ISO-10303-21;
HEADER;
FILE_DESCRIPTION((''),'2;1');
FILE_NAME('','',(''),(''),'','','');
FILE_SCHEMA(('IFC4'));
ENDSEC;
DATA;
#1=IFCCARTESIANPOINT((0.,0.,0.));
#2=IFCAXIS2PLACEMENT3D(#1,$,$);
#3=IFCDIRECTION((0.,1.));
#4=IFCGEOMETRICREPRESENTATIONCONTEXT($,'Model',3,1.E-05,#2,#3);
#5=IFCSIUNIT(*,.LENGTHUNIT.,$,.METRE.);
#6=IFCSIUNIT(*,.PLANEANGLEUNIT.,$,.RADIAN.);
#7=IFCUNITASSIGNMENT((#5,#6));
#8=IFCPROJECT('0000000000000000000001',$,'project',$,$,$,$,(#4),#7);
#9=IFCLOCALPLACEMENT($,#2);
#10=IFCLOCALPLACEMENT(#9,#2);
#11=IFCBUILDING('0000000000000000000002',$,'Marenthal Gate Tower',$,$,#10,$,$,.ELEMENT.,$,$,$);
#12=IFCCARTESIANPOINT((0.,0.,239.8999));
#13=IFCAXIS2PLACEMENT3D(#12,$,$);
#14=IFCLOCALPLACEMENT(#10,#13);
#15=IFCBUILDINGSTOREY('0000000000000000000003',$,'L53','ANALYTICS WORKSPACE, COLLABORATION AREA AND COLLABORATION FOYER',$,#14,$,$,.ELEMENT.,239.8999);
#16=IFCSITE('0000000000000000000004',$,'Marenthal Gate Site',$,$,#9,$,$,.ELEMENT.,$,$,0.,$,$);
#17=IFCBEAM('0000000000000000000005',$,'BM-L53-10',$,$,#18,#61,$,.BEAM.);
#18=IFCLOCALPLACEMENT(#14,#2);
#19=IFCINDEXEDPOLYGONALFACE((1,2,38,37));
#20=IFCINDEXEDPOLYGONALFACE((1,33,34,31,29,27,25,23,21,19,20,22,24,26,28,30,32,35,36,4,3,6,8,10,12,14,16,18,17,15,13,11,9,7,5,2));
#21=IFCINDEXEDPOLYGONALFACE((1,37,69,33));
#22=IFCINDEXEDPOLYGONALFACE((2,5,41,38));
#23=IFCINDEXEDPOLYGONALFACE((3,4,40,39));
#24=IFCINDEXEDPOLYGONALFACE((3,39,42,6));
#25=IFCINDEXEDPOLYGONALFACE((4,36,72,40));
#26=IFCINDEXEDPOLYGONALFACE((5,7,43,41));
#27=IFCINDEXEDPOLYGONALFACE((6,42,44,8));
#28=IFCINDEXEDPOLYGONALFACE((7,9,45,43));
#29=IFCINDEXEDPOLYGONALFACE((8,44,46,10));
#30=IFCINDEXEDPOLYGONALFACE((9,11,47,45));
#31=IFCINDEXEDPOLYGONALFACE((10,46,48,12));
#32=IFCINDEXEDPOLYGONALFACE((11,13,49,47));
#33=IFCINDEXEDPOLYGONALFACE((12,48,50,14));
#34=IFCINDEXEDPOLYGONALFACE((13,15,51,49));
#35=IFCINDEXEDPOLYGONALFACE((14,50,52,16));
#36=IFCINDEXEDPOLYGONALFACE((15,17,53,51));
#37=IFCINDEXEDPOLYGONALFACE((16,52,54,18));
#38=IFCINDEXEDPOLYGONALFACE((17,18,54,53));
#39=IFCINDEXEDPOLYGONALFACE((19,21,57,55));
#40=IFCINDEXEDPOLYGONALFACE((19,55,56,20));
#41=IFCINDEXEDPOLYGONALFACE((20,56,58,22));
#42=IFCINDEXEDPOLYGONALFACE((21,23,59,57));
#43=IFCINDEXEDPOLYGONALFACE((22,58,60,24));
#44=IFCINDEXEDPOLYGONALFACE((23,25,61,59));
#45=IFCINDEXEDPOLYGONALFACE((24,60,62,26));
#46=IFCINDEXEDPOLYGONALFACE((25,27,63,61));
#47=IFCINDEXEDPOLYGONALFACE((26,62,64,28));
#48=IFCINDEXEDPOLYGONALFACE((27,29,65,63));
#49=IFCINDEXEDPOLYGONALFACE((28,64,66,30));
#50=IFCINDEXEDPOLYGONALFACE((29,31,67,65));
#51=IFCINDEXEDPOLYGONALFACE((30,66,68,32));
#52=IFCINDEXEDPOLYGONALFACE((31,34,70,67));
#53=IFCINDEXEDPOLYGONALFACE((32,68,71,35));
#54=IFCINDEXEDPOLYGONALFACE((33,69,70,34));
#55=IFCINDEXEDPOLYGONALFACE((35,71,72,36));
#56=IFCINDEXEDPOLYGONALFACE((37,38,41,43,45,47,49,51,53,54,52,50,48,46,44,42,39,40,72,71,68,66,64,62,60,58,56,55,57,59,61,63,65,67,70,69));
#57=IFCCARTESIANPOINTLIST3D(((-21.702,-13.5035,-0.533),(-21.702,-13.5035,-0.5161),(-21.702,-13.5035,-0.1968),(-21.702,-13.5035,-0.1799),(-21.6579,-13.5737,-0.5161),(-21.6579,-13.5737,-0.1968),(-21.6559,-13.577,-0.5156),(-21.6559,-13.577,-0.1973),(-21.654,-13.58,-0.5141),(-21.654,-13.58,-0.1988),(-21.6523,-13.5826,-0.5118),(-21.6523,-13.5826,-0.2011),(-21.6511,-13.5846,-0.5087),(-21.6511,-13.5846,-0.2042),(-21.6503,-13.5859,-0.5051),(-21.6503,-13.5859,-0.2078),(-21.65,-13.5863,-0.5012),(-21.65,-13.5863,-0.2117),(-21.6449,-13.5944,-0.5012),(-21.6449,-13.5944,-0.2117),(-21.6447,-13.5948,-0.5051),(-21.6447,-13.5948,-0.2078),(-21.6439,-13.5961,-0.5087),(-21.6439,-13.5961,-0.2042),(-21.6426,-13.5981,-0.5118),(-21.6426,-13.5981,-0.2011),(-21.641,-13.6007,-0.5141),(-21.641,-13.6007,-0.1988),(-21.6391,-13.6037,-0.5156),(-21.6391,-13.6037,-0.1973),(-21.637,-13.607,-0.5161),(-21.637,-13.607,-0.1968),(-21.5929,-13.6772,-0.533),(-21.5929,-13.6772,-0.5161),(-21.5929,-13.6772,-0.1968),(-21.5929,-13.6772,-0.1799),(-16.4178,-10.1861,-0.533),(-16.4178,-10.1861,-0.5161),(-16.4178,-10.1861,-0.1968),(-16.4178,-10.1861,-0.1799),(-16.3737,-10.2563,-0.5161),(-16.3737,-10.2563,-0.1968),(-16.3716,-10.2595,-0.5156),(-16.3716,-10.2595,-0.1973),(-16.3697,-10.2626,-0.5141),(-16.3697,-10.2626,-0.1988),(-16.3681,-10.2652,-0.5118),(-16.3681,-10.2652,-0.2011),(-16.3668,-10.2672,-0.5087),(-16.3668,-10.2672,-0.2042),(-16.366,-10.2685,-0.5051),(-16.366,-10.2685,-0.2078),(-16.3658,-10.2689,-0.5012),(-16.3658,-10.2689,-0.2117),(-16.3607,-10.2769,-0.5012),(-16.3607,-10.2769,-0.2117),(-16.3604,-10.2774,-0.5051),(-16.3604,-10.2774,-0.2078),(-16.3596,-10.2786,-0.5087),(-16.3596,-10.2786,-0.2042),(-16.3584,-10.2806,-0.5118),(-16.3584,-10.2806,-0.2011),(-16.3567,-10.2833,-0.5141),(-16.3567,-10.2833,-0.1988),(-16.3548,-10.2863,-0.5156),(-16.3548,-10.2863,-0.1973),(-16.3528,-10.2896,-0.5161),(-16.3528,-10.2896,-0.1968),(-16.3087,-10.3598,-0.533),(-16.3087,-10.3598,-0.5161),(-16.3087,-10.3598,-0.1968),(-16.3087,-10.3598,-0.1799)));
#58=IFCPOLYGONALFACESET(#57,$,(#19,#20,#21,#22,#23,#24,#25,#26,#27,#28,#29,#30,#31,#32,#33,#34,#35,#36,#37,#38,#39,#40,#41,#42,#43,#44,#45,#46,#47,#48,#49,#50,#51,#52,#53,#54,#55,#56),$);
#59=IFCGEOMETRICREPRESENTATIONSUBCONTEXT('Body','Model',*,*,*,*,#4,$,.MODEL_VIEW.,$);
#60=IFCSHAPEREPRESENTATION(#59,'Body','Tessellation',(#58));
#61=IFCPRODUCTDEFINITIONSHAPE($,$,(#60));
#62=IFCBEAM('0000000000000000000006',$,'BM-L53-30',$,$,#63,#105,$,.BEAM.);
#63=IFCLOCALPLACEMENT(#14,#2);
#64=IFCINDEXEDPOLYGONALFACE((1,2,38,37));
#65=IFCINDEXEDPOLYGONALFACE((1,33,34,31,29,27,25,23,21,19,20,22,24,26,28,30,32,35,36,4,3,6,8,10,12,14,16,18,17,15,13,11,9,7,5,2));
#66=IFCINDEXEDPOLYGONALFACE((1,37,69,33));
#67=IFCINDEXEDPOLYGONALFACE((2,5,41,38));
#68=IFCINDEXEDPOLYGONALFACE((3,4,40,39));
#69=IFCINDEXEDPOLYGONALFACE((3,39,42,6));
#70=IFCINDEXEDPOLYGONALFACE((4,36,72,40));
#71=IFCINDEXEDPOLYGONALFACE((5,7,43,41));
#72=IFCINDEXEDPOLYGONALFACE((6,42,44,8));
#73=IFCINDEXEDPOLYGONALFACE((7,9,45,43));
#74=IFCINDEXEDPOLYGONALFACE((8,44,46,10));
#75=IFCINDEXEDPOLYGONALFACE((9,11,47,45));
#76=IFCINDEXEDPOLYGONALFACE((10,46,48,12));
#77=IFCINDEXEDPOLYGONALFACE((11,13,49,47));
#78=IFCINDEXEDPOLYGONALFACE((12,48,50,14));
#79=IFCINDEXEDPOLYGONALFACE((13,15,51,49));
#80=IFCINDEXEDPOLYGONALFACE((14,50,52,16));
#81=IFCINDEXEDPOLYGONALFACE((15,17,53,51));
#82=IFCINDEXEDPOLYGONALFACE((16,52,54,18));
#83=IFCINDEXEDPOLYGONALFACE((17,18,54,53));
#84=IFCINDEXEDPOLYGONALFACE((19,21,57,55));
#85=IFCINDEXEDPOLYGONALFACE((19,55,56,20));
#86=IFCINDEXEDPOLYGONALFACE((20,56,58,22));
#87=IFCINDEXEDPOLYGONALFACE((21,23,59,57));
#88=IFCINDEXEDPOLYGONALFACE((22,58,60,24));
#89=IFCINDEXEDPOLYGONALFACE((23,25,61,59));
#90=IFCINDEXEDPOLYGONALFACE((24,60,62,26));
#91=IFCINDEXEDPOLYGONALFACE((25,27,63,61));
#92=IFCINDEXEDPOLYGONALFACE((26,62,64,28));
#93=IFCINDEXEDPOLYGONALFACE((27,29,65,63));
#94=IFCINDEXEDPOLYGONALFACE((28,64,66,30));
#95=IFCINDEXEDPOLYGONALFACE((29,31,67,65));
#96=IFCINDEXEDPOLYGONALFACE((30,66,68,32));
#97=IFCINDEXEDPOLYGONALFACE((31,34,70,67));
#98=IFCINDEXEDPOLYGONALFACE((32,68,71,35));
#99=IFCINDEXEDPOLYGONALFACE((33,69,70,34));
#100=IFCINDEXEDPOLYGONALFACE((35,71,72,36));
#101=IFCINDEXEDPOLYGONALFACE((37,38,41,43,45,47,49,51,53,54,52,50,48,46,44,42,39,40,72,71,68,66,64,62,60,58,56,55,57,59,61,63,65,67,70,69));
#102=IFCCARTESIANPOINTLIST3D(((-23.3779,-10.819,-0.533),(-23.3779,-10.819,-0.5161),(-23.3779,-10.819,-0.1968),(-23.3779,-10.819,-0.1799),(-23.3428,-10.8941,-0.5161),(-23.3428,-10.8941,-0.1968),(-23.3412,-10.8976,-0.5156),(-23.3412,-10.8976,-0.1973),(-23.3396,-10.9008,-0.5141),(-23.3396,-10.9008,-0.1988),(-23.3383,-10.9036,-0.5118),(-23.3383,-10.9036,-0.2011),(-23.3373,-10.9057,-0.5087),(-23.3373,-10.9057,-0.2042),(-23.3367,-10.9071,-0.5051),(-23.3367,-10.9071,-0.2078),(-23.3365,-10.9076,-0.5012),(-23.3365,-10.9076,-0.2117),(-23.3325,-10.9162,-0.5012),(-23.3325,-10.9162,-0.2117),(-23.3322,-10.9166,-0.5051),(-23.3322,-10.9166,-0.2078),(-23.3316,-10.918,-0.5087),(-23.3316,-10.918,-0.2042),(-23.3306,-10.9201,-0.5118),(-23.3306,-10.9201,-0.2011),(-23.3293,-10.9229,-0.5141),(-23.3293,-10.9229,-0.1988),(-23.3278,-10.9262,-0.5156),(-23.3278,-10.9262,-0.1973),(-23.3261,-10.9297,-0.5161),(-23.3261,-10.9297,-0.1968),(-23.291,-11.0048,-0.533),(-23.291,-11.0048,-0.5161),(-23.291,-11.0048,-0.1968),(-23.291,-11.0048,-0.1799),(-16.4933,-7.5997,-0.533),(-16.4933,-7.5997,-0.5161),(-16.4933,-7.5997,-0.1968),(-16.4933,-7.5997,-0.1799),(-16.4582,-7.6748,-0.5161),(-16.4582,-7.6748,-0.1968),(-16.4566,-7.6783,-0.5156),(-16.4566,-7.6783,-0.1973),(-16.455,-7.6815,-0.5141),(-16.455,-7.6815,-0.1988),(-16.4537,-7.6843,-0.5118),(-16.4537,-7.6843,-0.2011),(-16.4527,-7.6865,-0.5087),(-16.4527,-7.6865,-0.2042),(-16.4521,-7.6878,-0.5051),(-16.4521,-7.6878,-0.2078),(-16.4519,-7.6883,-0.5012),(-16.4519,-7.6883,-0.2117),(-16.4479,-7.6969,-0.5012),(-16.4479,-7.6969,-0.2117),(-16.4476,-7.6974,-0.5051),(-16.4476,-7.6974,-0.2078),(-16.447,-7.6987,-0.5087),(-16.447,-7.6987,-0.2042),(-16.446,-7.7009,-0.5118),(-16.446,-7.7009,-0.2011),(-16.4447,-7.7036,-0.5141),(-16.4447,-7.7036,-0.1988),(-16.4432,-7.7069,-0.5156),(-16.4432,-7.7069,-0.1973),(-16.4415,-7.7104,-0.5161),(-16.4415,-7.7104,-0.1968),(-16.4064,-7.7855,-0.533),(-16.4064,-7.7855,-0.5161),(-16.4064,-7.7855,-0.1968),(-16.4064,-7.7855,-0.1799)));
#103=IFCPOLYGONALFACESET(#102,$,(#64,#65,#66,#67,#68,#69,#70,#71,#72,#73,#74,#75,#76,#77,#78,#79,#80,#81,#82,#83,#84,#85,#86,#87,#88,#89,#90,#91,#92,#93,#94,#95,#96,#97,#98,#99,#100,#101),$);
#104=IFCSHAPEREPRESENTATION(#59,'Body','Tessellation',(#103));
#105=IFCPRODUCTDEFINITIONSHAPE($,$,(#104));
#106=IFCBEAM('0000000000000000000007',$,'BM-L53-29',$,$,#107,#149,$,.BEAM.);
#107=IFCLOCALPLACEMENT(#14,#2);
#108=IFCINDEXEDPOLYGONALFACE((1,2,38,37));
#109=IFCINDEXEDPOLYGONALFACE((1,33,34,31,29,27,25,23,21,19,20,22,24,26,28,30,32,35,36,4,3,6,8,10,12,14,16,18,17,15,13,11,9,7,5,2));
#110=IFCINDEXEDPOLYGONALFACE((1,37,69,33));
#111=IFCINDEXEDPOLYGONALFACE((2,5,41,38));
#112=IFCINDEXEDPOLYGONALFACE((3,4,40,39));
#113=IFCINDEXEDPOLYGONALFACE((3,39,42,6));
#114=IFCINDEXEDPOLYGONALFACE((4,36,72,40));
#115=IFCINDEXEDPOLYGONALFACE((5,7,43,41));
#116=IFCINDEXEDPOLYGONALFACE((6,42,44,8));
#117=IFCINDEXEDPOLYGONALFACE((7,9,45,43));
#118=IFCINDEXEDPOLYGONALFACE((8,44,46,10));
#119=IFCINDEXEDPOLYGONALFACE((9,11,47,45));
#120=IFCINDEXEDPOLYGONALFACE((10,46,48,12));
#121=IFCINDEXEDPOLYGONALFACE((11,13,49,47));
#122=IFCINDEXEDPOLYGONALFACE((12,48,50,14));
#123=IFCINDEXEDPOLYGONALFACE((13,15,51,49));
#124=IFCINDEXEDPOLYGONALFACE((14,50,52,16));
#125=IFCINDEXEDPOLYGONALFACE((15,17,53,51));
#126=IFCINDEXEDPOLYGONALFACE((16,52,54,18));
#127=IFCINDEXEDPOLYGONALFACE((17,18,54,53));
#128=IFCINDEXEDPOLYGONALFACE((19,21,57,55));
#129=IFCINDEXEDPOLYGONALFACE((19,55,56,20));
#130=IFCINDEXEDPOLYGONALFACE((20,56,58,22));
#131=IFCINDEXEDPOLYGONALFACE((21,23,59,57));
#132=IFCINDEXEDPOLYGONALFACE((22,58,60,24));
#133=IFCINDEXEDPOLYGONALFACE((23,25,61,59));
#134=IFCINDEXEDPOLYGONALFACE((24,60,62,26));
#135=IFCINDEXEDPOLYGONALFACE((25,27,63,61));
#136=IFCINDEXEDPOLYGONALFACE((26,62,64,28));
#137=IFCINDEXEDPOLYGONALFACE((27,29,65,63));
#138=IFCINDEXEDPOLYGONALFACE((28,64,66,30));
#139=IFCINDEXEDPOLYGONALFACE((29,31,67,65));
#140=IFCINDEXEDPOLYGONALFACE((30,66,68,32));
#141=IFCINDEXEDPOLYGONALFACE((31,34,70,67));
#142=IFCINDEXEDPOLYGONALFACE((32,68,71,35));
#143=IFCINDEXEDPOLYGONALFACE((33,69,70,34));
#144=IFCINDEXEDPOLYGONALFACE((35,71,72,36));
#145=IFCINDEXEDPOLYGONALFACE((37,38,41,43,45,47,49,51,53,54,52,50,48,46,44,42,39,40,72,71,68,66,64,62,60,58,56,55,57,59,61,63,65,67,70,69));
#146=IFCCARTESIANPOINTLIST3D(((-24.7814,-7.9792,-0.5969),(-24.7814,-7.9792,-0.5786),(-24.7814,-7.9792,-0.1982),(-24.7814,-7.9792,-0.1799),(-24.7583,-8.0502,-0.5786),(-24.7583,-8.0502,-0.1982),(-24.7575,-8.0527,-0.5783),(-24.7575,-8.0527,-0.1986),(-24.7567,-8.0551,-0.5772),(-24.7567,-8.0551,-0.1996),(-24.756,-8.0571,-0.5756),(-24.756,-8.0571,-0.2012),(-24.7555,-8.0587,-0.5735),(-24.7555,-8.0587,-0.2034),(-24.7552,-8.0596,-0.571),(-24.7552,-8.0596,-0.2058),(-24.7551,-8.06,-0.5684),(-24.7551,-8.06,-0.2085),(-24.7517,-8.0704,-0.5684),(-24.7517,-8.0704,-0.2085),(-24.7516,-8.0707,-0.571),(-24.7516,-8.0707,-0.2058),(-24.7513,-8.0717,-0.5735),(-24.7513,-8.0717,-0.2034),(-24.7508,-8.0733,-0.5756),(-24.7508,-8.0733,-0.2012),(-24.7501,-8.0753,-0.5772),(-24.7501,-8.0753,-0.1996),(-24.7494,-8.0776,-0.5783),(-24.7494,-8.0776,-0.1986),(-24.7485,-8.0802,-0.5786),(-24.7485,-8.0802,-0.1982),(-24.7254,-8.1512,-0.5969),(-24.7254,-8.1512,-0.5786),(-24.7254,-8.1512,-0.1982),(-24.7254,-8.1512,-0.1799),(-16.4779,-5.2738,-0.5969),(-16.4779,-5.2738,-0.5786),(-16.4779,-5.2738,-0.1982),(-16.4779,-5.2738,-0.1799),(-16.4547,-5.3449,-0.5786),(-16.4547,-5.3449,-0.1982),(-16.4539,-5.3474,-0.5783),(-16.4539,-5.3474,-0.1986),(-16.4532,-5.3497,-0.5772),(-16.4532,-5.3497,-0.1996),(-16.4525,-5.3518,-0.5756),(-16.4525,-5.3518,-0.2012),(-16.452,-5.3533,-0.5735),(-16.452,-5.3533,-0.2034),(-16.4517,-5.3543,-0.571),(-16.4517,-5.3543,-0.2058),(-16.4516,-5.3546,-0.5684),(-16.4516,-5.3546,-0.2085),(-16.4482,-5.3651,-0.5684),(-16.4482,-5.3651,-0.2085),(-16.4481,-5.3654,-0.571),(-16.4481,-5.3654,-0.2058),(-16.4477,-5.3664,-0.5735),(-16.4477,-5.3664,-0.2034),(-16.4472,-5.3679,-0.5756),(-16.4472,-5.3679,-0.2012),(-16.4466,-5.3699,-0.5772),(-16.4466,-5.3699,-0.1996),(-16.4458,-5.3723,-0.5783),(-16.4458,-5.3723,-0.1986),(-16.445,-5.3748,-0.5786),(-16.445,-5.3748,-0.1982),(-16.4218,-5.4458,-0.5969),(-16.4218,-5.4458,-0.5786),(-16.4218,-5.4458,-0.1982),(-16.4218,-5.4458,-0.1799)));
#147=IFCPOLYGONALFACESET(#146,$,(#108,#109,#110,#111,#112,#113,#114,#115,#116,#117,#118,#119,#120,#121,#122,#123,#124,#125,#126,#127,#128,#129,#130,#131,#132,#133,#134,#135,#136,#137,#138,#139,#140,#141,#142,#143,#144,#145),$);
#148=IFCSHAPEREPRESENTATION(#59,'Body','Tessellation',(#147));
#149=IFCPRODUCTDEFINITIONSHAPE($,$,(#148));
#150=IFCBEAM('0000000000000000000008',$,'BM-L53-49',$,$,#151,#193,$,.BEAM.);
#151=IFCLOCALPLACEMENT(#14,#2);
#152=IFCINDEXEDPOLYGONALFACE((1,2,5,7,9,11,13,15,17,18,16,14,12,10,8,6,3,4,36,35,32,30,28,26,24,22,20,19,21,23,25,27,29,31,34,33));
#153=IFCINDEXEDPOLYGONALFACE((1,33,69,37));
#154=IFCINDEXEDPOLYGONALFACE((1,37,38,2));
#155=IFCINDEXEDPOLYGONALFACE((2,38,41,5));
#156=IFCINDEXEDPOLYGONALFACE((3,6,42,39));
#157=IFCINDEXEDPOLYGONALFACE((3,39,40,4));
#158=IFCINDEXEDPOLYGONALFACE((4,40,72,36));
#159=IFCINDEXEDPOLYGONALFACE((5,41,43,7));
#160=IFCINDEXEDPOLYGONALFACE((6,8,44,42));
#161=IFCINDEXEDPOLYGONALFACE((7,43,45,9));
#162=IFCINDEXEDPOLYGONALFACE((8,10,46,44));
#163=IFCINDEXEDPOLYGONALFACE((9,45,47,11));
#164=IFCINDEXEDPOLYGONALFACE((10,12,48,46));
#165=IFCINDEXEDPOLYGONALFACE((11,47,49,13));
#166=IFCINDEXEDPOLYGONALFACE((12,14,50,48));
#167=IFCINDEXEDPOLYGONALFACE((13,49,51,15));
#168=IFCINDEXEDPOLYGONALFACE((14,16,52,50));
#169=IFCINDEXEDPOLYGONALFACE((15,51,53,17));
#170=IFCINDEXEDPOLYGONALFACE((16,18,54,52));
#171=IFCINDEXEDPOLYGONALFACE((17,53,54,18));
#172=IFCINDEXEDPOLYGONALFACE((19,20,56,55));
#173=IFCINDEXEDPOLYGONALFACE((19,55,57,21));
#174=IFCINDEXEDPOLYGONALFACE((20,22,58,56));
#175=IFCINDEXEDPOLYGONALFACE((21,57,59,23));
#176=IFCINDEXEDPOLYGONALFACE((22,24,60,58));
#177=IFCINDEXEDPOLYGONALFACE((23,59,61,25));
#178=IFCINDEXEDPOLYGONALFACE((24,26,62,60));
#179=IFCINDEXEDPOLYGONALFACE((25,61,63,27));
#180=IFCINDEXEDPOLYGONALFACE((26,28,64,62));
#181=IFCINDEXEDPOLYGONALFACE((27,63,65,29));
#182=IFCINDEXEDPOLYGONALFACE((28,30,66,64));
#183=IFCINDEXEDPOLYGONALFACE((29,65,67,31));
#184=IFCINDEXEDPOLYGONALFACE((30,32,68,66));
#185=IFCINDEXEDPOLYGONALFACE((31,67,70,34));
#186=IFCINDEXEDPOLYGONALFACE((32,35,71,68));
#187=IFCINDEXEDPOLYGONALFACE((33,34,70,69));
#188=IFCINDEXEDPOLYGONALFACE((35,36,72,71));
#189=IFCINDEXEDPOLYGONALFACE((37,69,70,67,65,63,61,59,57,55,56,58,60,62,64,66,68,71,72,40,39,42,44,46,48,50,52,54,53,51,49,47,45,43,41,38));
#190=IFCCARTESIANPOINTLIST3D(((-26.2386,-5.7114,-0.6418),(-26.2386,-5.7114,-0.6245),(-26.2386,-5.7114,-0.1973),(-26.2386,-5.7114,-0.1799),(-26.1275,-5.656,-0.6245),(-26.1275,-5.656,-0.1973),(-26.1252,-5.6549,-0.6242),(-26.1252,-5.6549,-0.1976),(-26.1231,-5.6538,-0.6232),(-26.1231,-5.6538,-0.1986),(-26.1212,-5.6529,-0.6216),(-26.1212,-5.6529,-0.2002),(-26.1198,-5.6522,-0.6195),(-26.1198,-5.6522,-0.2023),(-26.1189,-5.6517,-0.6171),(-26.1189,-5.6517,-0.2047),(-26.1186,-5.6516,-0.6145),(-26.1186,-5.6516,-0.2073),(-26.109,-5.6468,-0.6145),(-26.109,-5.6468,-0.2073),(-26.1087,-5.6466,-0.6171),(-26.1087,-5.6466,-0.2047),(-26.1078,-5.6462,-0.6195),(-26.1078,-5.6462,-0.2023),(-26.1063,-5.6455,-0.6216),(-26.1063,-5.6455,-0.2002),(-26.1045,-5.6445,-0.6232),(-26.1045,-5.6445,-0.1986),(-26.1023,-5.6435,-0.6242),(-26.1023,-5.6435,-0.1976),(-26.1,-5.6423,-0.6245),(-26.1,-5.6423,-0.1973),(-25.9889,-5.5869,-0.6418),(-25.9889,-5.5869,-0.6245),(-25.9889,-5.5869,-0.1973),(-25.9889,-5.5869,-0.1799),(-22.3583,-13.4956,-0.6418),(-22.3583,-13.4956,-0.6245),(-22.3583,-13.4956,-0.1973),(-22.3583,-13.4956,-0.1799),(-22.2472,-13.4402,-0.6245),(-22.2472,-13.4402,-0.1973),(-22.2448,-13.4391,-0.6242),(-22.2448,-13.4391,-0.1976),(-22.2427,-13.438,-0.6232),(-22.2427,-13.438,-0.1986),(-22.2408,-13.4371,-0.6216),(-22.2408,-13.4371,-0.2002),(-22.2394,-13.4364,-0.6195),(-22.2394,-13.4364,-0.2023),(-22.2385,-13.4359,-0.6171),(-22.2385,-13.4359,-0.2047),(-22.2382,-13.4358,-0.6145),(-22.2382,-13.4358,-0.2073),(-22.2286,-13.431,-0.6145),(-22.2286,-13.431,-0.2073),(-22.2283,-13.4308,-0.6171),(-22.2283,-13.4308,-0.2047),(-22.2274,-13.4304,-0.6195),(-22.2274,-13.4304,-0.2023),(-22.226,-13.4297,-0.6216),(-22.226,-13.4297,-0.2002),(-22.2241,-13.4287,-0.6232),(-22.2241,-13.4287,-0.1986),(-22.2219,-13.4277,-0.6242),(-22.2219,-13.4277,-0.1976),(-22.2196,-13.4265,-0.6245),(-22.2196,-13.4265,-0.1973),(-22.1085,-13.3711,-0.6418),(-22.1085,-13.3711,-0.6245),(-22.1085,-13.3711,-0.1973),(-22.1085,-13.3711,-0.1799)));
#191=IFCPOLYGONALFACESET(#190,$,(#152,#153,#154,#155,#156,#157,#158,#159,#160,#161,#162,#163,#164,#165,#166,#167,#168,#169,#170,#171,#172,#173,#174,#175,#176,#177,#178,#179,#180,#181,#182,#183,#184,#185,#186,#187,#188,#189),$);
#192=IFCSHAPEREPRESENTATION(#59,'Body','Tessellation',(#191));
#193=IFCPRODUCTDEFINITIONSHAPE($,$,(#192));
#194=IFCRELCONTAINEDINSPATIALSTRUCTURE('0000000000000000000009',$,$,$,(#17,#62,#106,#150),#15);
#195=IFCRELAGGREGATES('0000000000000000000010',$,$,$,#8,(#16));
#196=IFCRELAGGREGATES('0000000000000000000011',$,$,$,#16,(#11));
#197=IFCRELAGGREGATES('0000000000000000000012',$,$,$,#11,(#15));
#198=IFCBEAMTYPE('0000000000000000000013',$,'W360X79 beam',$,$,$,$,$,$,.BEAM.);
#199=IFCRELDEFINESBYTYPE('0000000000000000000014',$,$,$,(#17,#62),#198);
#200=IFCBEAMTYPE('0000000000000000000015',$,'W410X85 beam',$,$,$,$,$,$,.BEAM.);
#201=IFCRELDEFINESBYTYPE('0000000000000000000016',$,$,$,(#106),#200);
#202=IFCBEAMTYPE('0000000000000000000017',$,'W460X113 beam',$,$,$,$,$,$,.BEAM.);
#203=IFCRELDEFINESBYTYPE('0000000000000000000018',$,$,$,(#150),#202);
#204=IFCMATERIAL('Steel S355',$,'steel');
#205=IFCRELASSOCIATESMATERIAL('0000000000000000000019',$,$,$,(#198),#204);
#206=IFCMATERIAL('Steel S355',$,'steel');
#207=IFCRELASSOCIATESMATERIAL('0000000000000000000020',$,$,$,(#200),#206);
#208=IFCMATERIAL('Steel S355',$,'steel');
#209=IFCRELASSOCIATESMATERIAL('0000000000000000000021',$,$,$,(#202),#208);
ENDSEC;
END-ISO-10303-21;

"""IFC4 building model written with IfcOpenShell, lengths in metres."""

from ifc_helpers import new_model, si_unit, direction, frame, origin, origin_2d, place, context, subcontext, project, spatial, i_section, extrude, material, material_profile, profile_set, type_object, element, save


model = new_model("IFC4")

# Units and contexts
model_context = context("Model", 3, precision=1e-05, world=origin(), true_north=direction((0.0, 1.0)))
body_context = subcontext(model_context, "Body", "Model", "MODEL_VIEW")
ifc_project = project(units=[si_unit("LENGTHUNIT", "METRE"), si_unit("PLANEANGLEUNIT", "RADIAN")], contexts=[model_context])

# Site, building, storey
site_placement = place(None, origin())
site = spatial("IfcSite", under=ifc_project, at=site_placement, Name="Marenthal Gate Site", CompositionType="ELEMENT", RefElevation=0.0)
building_placement = place(site_placement, origin())
building = spatial("IfcBuilding", under=site, at=building_placement, Name="Marenthal Gate Tower", CompositionType="ELEMENT")
storey_placement = place(building_placement, frame((0.0, 0.0, 239.8999)))
storey = spatial("IfcBuildingStorey", under=building, at=storey_placement, Name="L53", Description="ANALYTICS WORKSPACE, COLLABORATION AREA AND COLLABORATION FOYER", CompositionType="ELEMENT", Elevation=239.8999)

# Beams
ifc_material_1 = material(Name="Steel S355", Category="steel")
ifc_material_profile_1 = material_profile(ifc_material_1, i_section(OverallWidth=0.2051, OverallDepth=0.353, WebThickness=0.0095, FlangeThickness=0.0168, FilletRadius=0.0149, at=origin_2d()), Name="W360X79")
ifc_profile_set_1 = profile_set([ifc_material_profile_1], Name="Steel S355")
beam_type_1 = type_object("IfcBeamType", Name="W360X79 beam", PredefinedType="BEAM", material=ifc_profile_set_1)
beam_1_placement = place(storey_placement, frame((-21.6475, -13.5903, -0.3564), z_axis=(0.846933, 0.5317, 0.0), x_axis=(-0.5317, 0.846933, 0.0)))
element("IfcBeam", 1, at=beam_1_placement, inside=storey, type_object=beam_type_1, Name="BM-L53-10", PredefinedType="BEAM", context=body_context, shape_type="SweptSolid", body=[
    extrude(i_section(OverallWidth=0.2051, OverallDepth=0.353, WebThickness=0.0095, FlangeThickness=0.0168, FilletRadius=0.0149, at=origin_2d()), origin(), (0.0, 0.0, 1.0), 6.2393),
])
beam_2_placement = place(storey_placement, frame((-23.3345, -10.9119, -0.3564), z_axis=(0.905857, 0.423584, 0.0), x_axis=(-0.423584, 0.905857, 0.0)))
element("IfcBeam", 2, at=beam_2_placement, inside=storey, type_object=beam_type_1, Name="BM-L53-30", PredefinedType="BEAM", context=body_context, shape_type="SweptSolid", body=[
    extrude(i_section(OverallWidth=0.2051, OverallDepth=0.353, WebThickness=0.0095, FlangeThickness=0.0168, FilletRadius=0.0149, at=origin_2d()), origin(), (0.0, 0.0, 1.0), 7.6001),
])
ifc_material_2 = material(Name="Steel S355", Category="steel")
ifc_material_profile_2 = material_profile(ifc_material_2, i_section(OverallWidth=0.1809, OverallDepth=0.417, WebThickness=0.011, FlangeThickness=0.0183, FilletRadius=0.0103, at=origin_2d()), Name="W410X85")
ifc_profile_set_2 = profile_set([ifc_material_profile_2], Name="Steel S355")
beam_type_2 = type_object("IfcBeamType", Name="W410X85 beam", PredefinedType="BEAM", material=ifc_profile_set_2)
beam_3_placement = place(storey_placement, frame((-24.7534, -8.0652, -0.3884), z_axis=(0.950808, 0.309779, 0.0), x_axis=(-0.309779, 0.950808, 0.0)))
element("IfcBeam", 3, at=beam_3_placement, inside=storey, type_object=beam_type_2, Name="BM-L53-29", PredefinedType="BEAM", context=body_context, shape_type="SweptSolid", body=[
    extrude(i_section(OverallWidth=0.1809, OverallDepth=0.417, WebThickness=0.011, FlangeThickness=0.0183, FilletRadius=0.0103, at=origin_2d()), origin(), (0.0, 0.0, 1.0), 8.7332),
])
ifc_material_3 = material(Name="Steel S355", Category="steel")
ifc_material_profile_3 = material_profile(ifc_material_3, i_section(OverallWidth=0.2791, OverallDepth=0.4619, WebThickness=0.0107, FlangeThickness=0.0173, FilletRadius=0.01, at=origin_2d()), Name="W460X113")
ifc_profile_set_3 = profile_set([ifc_material_profile_3], Name="Steel S355")
beam_type_3 = type_object("IfcBeamType", Name="W460X113 beam", PredefinedType="BEAM", material=ifc_profile_set_3)
beam_4_placement = place(storey_placement, frame((-26.1138, -5.6492, -0.4109), z_axis=(0.446135, -0.894965, 0.0), x_axis=(0.894965, 0.446135, 0.0)))
element("IfcBeam", 4, at=beam_4_placement, inside=storey, type_object=beam_type_3, Name="BM-L53-49", PredefinedType="BEAM", context=body_context, shape_type="SweptSolid", body=[
    extrude(i_section(OverallWidth=0.2791, OverallDepth=0.4619, WebThickness=0.0107, FlangeThickness=0.0173, FilletRadius=0.01, at=origin_2d()), origin(), (0.0, 0.0, 1.0), 8.6978),
])

save(model, "model.ifc")
